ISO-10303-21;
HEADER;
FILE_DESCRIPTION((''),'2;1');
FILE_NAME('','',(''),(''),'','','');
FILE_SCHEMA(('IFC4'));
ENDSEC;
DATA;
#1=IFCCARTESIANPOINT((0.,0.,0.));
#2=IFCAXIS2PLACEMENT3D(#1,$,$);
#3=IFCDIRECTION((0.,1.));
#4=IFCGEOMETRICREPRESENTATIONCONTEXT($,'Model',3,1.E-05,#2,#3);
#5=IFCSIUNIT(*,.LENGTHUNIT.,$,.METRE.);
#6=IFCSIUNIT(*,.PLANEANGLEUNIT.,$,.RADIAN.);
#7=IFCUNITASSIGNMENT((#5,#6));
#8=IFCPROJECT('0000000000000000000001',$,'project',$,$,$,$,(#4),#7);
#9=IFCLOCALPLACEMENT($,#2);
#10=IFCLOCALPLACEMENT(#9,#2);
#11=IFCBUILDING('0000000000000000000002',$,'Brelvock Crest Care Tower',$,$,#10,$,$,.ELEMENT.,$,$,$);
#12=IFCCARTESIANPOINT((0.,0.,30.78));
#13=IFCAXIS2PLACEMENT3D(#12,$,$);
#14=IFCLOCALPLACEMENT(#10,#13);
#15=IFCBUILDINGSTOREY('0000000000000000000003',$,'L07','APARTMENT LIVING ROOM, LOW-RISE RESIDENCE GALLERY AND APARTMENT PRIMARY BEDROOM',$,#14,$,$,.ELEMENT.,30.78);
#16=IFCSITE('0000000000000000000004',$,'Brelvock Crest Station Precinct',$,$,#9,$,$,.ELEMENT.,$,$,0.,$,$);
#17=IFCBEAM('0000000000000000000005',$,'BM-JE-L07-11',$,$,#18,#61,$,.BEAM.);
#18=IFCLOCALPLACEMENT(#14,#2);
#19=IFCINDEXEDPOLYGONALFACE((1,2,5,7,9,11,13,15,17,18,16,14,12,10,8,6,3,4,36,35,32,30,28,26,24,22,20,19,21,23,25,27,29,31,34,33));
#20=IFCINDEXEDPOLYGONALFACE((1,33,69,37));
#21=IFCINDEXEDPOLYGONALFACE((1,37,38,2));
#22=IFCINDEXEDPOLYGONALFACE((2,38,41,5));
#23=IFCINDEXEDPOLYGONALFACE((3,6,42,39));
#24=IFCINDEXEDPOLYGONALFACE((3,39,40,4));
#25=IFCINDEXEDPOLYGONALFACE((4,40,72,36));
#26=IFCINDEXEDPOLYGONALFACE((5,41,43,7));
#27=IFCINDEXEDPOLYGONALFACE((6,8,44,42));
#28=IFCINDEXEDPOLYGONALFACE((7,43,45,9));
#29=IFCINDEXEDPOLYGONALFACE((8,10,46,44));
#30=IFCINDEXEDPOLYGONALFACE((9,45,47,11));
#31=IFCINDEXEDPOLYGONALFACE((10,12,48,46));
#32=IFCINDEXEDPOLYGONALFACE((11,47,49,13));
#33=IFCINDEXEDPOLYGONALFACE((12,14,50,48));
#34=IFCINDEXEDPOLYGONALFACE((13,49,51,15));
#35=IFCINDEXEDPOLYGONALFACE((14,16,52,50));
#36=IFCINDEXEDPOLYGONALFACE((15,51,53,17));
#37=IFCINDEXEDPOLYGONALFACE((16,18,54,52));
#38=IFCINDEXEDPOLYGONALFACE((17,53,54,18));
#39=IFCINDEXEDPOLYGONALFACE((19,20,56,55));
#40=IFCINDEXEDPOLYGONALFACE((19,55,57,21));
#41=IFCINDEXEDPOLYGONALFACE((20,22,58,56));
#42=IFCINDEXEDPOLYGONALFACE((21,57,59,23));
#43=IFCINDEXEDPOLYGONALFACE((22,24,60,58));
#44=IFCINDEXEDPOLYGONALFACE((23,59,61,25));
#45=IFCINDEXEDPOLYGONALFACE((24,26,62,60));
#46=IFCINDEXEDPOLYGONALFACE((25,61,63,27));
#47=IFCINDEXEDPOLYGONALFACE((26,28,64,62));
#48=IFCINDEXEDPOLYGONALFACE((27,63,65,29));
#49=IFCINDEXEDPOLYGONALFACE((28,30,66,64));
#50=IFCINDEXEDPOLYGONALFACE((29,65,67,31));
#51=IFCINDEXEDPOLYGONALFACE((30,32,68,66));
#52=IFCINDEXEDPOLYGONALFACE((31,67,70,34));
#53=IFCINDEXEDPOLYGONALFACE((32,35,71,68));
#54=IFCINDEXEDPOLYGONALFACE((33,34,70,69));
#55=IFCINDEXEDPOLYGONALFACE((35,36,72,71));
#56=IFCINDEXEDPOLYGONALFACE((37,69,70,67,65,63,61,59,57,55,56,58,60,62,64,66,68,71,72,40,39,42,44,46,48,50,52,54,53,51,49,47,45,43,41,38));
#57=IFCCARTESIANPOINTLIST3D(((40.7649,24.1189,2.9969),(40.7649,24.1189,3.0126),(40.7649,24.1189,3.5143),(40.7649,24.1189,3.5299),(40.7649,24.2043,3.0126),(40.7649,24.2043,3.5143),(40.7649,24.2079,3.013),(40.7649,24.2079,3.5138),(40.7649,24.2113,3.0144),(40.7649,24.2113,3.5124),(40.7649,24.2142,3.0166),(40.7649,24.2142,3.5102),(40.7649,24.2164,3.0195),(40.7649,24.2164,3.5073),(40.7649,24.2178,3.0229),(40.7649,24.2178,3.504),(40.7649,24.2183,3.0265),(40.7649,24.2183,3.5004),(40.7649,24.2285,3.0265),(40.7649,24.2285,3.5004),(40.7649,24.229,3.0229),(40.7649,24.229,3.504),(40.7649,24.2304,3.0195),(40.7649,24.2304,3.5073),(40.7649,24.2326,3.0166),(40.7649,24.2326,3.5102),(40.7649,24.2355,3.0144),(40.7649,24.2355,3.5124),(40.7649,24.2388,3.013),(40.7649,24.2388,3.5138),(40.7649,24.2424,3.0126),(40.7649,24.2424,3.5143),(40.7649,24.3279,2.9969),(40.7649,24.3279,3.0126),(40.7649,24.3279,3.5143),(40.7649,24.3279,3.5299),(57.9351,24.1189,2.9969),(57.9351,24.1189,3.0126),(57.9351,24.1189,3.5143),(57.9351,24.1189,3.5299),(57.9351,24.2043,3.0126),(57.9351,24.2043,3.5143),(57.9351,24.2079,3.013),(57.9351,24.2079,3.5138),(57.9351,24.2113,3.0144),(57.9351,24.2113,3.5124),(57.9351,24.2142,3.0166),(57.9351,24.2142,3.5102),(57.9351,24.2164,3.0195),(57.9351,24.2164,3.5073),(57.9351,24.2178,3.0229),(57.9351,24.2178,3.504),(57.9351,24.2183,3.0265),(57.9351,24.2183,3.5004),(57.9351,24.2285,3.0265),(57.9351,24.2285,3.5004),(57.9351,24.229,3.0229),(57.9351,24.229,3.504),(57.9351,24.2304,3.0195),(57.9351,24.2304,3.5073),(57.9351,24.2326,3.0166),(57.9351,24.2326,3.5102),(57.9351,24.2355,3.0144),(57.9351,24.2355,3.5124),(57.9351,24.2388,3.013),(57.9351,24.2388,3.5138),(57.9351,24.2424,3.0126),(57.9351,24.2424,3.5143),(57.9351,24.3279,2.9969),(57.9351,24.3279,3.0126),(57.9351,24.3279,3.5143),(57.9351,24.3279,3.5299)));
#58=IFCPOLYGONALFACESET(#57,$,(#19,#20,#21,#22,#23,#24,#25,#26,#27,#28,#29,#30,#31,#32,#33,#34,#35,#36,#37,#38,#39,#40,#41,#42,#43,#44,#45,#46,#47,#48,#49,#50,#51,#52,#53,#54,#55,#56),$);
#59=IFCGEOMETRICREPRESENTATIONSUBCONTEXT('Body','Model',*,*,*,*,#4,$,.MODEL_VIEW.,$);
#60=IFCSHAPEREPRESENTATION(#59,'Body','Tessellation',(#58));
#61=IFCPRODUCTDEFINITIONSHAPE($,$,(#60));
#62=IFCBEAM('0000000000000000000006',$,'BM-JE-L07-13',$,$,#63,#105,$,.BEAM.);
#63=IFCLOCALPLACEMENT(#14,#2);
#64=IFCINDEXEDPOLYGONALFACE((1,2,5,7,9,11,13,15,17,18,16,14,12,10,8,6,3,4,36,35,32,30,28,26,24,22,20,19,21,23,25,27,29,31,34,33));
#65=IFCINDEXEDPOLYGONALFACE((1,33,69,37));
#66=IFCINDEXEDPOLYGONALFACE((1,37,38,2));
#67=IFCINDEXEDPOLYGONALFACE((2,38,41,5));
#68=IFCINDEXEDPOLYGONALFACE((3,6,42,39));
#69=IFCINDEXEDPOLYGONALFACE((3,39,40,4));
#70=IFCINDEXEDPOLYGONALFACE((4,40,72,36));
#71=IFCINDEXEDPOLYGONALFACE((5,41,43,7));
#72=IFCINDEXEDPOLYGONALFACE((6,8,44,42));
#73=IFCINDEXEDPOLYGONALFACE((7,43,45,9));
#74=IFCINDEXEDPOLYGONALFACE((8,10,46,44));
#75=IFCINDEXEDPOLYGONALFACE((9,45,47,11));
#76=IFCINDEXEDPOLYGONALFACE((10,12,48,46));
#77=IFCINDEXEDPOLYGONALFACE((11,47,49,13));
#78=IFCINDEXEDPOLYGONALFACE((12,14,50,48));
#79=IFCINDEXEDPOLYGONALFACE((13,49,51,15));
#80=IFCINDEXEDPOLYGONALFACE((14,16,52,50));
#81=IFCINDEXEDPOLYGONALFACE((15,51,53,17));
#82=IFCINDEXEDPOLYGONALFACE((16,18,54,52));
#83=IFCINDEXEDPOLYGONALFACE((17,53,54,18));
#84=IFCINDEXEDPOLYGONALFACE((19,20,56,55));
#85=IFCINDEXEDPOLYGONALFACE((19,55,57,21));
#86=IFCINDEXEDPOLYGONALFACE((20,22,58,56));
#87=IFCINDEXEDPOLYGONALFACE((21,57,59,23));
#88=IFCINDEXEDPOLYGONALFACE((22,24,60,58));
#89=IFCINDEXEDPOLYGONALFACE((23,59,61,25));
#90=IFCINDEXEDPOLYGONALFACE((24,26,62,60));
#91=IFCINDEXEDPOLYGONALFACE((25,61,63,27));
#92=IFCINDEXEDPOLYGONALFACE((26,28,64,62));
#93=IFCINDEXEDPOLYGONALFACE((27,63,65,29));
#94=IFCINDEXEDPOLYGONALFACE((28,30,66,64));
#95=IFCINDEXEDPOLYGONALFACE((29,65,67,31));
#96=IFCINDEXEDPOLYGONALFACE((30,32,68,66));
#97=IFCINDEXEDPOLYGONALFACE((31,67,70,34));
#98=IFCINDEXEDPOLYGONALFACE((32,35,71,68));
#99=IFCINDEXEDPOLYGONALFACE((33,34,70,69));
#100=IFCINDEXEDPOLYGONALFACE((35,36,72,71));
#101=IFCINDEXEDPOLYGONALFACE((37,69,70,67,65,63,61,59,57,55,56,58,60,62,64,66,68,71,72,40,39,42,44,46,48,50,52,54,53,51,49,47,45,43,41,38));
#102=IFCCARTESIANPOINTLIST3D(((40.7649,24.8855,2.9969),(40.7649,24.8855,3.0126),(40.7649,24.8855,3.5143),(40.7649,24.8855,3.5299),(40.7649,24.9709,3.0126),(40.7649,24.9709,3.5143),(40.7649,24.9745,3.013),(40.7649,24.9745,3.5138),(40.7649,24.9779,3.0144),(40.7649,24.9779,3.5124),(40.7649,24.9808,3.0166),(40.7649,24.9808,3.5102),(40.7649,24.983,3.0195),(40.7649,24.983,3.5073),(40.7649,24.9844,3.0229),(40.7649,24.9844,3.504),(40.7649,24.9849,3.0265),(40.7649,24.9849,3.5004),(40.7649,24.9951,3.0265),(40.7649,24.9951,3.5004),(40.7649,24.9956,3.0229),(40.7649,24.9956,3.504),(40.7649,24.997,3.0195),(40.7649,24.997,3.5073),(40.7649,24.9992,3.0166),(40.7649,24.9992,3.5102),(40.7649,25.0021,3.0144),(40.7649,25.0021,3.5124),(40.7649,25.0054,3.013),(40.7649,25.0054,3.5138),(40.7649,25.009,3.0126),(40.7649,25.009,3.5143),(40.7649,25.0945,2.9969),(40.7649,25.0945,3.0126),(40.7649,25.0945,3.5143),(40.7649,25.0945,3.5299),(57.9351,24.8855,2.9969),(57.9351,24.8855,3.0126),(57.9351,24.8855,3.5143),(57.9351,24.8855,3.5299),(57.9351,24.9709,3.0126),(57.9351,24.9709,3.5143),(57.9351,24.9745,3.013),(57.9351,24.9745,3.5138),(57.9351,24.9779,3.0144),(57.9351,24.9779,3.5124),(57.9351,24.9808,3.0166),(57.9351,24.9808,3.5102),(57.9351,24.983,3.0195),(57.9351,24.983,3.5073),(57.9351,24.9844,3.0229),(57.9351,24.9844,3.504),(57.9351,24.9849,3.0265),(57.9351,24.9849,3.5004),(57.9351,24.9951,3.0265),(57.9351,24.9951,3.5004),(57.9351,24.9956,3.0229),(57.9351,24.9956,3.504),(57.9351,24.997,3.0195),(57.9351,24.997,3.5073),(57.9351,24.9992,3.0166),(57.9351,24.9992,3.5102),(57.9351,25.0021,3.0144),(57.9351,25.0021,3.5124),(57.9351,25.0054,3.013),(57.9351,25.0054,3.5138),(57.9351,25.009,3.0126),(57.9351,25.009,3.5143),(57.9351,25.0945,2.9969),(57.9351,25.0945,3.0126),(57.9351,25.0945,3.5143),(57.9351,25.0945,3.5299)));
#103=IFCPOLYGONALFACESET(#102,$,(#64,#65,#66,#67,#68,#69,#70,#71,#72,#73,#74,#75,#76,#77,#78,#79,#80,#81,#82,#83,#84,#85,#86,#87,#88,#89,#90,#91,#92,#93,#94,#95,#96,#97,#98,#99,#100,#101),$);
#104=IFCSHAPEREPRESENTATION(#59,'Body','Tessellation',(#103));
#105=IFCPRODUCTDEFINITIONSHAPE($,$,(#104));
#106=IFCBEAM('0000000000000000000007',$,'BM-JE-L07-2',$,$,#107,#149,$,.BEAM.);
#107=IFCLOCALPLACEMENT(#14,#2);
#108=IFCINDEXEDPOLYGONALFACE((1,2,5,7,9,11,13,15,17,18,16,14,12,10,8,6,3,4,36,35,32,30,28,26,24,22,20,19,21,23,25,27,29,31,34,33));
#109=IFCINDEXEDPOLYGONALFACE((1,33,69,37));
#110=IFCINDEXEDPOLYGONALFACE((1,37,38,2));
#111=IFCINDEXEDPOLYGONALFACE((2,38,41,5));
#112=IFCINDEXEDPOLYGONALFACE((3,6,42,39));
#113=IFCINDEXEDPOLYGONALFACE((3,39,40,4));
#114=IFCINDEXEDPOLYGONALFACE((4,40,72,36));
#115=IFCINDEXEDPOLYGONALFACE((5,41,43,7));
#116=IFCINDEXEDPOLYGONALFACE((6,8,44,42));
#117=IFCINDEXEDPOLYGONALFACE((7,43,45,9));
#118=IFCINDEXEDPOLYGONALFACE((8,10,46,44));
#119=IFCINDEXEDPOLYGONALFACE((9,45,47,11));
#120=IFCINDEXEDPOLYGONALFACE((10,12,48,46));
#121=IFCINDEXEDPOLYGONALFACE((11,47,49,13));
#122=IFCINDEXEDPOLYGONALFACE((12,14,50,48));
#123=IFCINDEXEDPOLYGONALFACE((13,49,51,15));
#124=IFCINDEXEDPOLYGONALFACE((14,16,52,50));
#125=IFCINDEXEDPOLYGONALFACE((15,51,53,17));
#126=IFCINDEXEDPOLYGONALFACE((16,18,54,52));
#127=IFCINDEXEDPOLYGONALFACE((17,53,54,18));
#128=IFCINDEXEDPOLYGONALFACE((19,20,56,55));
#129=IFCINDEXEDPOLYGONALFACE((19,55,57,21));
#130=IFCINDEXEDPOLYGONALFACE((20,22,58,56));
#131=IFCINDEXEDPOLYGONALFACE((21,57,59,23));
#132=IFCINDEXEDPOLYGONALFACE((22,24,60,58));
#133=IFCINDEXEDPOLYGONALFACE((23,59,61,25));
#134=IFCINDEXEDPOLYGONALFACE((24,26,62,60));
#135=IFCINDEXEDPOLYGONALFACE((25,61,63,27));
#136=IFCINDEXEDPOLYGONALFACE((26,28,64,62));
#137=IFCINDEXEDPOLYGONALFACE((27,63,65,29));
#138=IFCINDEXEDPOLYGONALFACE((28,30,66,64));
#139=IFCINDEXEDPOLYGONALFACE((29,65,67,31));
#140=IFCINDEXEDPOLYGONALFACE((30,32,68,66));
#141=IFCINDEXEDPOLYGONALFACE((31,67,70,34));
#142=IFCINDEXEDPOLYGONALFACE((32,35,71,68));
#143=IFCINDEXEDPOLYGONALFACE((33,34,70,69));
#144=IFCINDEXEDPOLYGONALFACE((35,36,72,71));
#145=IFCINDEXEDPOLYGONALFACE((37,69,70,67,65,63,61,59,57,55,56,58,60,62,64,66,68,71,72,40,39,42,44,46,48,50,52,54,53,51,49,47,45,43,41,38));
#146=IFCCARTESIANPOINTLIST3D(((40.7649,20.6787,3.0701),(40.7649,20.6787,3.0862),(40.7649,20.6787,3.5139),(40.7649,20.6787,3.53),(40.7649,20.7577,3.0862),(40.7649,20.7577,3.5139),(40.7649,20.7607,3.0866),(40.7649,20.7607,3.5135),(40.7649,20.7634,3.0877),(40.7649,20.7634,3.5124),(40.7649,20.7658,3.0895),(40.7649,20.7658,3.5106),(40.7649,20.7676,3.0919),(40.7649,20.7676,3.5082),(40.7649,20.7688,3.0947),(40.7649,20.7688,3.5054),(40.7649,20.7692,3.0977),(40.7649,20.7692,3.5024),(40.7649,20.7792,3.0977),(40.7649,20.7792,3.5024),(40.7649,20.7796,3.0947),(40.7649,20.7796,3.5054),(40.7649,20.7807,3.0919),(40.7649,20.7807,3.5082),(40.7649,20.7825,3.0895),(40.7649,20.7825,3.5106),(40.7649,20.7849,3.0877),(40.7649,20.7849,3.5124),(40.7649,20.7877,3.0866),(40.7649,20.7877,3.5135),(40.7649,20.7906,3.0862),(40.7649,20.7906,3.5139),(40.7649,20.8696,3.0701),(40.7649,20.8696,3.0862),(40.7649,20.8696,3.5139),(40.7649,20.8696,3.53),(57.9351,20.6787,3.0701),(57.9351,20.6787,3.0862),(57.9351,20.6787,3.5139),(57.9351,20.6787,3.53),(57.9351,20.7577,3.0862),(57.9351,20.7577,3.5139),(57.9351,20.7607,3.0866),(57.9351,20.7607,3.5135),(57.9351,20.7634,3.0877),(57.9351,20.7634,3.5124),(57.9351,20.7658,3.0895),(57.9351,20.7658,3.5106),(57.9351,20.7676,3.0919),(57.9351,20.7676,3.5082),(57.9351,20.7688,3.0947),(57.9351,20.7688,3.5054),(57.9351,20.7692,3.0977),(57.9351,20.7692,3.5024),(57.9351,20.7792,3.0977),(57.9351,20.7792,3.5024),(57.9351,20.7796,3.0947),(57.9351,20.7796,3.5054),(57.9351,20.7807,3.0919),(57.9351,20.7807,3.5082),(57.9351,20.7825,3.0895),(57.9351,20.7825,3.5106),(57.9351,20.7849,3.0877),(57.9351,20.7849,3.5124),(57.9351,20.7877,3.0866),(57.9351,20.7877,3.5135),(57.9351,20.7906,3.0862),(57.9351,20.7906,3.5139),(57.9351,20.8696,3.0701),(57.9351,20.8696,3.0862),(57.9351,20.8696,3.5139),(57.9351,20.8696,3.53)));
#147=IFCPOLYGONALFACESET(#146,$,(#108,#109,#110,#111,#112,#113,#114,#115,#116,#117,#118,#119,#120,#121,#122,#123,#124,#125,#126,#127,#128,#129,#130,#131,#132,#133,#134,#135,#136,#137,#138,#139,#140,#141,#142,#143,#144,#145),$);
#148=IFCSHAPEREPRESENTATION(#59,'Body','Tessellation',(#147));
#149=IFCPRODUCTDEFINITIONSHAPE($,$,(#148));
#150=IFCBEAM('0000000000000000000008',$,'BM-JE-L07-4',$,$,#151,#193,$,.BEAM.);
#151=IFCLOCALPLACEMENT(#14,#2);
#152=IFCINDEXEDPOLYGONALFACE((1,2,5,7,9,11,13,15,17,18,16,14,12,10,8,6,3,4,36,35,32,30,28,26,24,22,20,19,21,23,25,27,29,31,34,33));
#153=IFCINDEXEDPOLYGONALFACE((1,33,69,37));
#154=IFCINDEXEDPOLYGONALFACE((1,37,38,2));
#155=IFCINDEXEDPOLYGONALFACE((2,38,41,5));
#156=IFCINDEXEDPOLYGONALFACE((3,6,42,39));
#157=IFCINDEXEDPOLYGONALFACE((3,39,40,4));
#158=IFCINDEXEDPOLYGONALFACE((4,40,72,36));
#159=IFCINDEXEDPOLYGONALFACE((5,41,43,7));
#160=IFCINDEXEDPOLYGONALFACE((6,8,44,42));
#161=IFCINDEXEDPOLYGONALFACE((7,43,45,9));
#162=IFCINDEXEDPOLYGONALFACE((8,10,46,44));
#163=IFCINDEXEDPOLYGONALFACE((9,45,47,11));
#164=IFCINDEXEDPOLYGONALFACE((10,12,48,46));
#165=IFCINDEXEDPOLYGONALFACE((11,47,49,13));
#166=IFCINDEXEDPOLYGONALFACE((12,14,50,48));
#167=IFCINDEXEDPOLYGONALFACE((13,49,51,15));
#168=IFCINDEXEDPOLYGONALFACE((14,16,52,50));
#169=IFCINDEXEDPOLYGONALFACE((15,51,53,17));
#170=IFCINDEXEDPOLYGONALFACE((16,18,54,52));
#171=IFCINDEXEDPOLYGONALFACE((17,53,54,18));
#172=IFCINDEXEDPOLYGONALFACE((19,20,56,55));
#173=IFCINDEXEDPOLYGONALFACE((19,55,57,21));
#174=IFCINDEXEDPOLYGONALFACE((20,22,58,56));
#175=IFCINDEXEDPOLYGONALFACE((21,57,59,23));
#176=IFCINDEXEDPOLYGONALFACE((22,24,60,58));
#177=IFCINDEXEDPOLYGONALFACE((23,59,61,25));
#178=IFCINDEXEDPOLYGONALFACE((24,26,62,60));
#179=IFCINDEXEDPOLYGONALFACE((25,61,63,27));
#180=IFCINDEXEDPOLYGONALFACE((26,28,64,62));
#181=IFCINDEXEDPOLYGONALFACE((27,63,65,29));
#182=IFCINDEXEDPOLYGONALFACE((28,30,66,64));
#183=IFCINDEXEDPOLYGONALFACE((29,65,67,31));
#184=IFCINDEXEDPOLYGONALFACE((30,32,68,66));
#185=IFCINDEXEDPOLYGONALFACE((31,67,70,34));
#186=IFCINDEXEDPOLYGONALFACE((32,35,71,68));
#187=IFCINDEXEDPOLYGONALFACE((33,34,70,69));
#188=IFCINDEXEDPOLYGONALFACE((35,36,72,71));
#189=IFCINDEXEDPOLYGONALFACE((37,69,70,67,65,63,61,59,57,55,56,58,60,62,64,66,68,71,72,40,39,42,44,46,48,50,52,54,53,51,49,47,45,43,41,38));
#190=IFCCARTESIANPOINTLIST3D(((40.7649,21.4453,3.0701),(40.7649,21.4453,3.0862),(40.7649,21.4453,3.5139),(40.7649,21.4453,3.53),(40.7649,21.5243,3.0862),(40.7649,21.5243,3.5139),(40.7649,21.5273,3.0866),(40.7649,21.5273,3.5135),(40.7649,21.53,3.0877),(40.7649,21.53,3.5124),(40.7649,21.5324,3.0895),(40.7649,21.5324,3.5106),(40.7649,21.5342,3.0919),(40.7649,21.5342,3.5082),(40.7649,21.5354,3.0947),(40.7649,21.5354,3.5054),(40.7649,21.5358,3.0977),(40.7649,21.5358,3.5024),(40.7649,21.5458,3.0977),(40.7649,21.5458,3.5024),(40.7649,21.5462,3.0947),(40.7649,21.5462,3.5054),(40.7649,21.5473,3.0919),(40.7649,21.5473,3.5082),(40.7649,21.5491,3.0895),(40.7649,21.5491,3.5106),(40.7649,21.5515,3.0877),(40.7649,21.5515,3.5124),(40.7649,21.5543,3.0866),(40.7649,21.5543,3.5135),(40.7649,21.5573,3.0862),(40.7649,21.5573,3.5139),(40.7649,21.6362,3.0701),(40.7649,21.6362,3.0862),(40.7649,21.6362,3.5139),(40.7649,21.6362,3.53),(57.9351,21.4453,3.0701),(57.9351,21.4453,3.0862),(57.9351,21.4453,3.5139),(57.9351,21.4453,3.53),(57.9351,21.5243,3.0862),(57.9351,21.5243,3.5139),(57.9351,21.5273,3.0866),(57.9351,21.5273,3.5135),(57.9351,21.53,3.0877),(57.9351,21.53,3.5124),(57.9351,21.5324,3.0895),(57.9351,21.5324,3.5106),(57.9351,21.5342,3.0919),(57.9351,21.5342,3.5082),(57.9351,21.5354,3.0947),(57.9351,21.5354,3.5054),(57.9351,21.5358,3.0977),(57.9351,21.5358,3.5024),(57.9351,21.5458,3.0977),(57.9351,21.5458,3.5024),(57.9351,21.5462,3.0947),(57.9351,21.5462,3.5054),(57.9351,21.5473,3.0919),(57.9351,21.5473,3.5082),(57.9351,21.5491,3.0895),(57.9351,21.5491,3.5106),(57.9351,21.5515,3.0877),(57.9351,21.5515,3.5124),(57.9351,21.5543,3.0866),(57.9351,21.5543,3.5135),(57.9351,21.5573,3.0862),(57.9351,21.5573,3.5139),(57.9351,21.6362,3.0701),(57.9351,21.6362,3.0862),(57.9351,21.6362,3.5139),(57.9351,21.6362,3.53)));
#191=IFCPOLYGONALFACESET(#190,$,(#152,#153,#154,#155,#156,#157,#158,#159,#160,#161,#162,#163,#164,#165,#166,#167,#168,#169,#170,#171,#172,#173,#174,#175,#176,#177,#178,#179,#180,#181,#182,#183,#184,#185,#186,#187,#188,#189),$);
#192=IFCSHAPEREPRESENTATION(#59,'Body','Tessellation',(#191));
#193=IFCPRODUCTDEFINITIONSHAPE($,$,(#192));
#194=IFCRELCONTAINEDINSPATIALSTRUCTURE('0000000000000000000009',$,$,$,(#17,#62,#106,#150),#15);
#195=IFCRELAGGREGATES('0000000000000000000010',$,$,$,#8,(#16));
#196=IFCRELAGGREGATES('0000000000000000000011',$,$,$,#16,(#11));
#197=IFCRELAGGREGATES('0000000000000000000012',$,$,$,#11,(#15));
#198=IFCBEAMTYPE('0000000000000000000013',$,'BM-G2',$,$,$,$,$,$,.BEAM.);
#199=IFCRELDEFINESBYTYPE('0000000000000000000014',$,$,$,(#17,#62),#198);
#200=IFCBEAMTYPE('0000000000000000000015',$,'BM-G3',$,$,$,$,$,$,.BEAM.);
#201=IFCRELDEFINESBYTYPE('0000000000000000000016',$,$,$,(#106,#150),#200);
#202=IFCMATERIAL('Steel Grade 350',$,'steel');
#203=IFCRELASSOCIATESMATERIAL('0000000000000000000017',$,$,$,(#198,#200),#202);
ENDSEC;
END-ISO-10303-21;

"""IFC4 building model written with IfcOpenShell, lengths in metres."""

from ifc_helpers import new_model, si_unit, direction, frame, origin, origin_2d, place, context, subcontext, project, spatial, i_section, extrude, source, transform, mapped, material, material_profile, profile_set, type_object, element, save


model = new_model("IFC4")

# Units and contexts
model_context = context("Model", 3, precision=1e-05, world=origin(), true_north=direction((0.0, 1.0)))
body_context = subcontext(model_context, "Body", "Model", "MODEL_VIEW")
ifc_project = project(units=[si_unit("LENGTHUNIT", "METRE"), si_unit("PLANEANGLEUNIT", "RADIAN")], contexts=[model_context])

# Site, building, storey
site_placement = place(None, origin())
site = spatial("IfcSite", under=ifc_project, at=site_placement, Name="Brelvock Crest Station Precinct", CompositionType="ELEMENT", RefElevation=0.0)
building_placement = place(site_placement, origin())
building = spatial("IfcBuilding", under=site, at=building_placement, Name="Brelvock Crest Care Tower", CompositionType="ELEMENT")
storey_placement = place(building_placement, frame((0.0, 0.0, 30.78)))
storey = spatial("IfcBuildingStorey", under=building, at=storey_placement, Name="L07", Description="APARTMENT LIVING ROOM, LOW-RISE RESIDENCE GALLERY AND APARTMENT PRIMARY BEDROOM", CompositionType="ELEMENT", Elevation=30.78)

# Beams
ifc_material_1 = material(Name="Steel Grade 350", Category="steel")
ifc_material_profile_1 = material_profile(ifc_material_1, i_section(OverallWidth=0.209, OverallDepth=0.533, WebThickness=0.0103, FlangeThickness=0.0156, FilletRadius=0.0139, at=origin_2d()), Name="530UB92.4")
ifc_profile_set_1 = profile_set([ifc_material_profile_1], Name="Steel Grade 350")
beam_type_1 = type_object("IfcBeamType", Name="BM-G2", PredefinedType="BEAM", material=ifc_profile_set_1)
shared_shape_1 = source(origin(), body_context, "Body", "SweptSolid", [
    extrude(i_section(OverallWidth=0.209, OverallDepth=0.533, WebThickness=0.0103, FlangeThickness=0.0156, FilletRadius=0.0139, at=origin_2d()), origin(), (0.0, 0.0, 1.0), 17.1702),
])
for number, where, z_axis, x_axis, name in (
    (1, (40.7649, 24.2234, 3.2634), (1.0, 0.0, 0.0), (0.0, 1.0, 0.0), "BM-JE-L07-11"),
    (2, (40.7649, 24.99, 3.2634), (1.0, 0.0, 0.0), (0.0, 1.0, 0.0), "BM-JE-L07-13"),
):
    element("IfcBeam", number, at=place(storey_placement, frame(where, z_axis=z_axis, x_axis=x_axis)), inside=storey, type_object=beam_type_1, Name=name, PredefinedType="BEAM", context=body_context, shape_type="MappedRepresentation", body=[
        mapped(shared_shape_1, transform((0.0, 0.0, 0.0), x_axis=(1.0, 0.0, 0.0), y_axis=(0.0, 1.0, 0.0), z_axis=(0.0, 0.0, 1.0), scale=1.0)),
    ])
ifc_material_profile_2 = material_profile(ifc_material_1, i_section(OverallWidth=0.1909, OverallDepth=0.46, WebThickness=0.01, FlangeThickness=0.0161, FilletRadius=0.0115, at=origin_2d()), Name="460UB82.1")
ifc_profile_set_2 = profile_set([ifc_material_profile_2], Name="Steel Grade 350")
beam_type_2 = type_object("IfcBeamType", Name="BM-G3", PredefinedType="BEAM", material=ifc_profile_set_2)
shared_shape_2 = source(origin(), body_context, "Body", "SweptSolid", [
    extrude(i_section(OverallWidth=0.1909, OverallDepth=0.46, WebThickness=0.01, FlangeThickness=0.0161, FilletRadius=0.0115, at=origin_2d()), origin(), (0.0, 0.0, 1.0), 17.1702),
])
for number, where, z_axis, x_axis, name in (
    (3, (40.7649, 20.7742, 3.3), (1.0, 0.0, 0.0), (0.0, 1.0, 0.0), "BM-JE-L07-2"),
    (4, (40.7649, 21.5408, 3.3), (1.0, 0.0, 0.0), (0.0, 1.0, 0.0), "BM-JE-L07-4"),
):
    element("IfcBeam", number, at=place(storey_placement, frame(where, z_axis=z_axis, x_axis=x_axis)), inside=storey, type_object=beam_type_2, Name=name, PredefinedType="BEAM", context=body_context, shape_type="MappedRepresentation", body=[
        mapped(shared_shape_2, transform((0.0, 0.0, 0.0), x_axis=(1.0, 0.0, 0.0), y_axis=(0.0, 1.0, 0.0), z_axis=(0.0, 0.0, 1.0), scale=1.0)),
    ])

save(model, "model.ifc")
